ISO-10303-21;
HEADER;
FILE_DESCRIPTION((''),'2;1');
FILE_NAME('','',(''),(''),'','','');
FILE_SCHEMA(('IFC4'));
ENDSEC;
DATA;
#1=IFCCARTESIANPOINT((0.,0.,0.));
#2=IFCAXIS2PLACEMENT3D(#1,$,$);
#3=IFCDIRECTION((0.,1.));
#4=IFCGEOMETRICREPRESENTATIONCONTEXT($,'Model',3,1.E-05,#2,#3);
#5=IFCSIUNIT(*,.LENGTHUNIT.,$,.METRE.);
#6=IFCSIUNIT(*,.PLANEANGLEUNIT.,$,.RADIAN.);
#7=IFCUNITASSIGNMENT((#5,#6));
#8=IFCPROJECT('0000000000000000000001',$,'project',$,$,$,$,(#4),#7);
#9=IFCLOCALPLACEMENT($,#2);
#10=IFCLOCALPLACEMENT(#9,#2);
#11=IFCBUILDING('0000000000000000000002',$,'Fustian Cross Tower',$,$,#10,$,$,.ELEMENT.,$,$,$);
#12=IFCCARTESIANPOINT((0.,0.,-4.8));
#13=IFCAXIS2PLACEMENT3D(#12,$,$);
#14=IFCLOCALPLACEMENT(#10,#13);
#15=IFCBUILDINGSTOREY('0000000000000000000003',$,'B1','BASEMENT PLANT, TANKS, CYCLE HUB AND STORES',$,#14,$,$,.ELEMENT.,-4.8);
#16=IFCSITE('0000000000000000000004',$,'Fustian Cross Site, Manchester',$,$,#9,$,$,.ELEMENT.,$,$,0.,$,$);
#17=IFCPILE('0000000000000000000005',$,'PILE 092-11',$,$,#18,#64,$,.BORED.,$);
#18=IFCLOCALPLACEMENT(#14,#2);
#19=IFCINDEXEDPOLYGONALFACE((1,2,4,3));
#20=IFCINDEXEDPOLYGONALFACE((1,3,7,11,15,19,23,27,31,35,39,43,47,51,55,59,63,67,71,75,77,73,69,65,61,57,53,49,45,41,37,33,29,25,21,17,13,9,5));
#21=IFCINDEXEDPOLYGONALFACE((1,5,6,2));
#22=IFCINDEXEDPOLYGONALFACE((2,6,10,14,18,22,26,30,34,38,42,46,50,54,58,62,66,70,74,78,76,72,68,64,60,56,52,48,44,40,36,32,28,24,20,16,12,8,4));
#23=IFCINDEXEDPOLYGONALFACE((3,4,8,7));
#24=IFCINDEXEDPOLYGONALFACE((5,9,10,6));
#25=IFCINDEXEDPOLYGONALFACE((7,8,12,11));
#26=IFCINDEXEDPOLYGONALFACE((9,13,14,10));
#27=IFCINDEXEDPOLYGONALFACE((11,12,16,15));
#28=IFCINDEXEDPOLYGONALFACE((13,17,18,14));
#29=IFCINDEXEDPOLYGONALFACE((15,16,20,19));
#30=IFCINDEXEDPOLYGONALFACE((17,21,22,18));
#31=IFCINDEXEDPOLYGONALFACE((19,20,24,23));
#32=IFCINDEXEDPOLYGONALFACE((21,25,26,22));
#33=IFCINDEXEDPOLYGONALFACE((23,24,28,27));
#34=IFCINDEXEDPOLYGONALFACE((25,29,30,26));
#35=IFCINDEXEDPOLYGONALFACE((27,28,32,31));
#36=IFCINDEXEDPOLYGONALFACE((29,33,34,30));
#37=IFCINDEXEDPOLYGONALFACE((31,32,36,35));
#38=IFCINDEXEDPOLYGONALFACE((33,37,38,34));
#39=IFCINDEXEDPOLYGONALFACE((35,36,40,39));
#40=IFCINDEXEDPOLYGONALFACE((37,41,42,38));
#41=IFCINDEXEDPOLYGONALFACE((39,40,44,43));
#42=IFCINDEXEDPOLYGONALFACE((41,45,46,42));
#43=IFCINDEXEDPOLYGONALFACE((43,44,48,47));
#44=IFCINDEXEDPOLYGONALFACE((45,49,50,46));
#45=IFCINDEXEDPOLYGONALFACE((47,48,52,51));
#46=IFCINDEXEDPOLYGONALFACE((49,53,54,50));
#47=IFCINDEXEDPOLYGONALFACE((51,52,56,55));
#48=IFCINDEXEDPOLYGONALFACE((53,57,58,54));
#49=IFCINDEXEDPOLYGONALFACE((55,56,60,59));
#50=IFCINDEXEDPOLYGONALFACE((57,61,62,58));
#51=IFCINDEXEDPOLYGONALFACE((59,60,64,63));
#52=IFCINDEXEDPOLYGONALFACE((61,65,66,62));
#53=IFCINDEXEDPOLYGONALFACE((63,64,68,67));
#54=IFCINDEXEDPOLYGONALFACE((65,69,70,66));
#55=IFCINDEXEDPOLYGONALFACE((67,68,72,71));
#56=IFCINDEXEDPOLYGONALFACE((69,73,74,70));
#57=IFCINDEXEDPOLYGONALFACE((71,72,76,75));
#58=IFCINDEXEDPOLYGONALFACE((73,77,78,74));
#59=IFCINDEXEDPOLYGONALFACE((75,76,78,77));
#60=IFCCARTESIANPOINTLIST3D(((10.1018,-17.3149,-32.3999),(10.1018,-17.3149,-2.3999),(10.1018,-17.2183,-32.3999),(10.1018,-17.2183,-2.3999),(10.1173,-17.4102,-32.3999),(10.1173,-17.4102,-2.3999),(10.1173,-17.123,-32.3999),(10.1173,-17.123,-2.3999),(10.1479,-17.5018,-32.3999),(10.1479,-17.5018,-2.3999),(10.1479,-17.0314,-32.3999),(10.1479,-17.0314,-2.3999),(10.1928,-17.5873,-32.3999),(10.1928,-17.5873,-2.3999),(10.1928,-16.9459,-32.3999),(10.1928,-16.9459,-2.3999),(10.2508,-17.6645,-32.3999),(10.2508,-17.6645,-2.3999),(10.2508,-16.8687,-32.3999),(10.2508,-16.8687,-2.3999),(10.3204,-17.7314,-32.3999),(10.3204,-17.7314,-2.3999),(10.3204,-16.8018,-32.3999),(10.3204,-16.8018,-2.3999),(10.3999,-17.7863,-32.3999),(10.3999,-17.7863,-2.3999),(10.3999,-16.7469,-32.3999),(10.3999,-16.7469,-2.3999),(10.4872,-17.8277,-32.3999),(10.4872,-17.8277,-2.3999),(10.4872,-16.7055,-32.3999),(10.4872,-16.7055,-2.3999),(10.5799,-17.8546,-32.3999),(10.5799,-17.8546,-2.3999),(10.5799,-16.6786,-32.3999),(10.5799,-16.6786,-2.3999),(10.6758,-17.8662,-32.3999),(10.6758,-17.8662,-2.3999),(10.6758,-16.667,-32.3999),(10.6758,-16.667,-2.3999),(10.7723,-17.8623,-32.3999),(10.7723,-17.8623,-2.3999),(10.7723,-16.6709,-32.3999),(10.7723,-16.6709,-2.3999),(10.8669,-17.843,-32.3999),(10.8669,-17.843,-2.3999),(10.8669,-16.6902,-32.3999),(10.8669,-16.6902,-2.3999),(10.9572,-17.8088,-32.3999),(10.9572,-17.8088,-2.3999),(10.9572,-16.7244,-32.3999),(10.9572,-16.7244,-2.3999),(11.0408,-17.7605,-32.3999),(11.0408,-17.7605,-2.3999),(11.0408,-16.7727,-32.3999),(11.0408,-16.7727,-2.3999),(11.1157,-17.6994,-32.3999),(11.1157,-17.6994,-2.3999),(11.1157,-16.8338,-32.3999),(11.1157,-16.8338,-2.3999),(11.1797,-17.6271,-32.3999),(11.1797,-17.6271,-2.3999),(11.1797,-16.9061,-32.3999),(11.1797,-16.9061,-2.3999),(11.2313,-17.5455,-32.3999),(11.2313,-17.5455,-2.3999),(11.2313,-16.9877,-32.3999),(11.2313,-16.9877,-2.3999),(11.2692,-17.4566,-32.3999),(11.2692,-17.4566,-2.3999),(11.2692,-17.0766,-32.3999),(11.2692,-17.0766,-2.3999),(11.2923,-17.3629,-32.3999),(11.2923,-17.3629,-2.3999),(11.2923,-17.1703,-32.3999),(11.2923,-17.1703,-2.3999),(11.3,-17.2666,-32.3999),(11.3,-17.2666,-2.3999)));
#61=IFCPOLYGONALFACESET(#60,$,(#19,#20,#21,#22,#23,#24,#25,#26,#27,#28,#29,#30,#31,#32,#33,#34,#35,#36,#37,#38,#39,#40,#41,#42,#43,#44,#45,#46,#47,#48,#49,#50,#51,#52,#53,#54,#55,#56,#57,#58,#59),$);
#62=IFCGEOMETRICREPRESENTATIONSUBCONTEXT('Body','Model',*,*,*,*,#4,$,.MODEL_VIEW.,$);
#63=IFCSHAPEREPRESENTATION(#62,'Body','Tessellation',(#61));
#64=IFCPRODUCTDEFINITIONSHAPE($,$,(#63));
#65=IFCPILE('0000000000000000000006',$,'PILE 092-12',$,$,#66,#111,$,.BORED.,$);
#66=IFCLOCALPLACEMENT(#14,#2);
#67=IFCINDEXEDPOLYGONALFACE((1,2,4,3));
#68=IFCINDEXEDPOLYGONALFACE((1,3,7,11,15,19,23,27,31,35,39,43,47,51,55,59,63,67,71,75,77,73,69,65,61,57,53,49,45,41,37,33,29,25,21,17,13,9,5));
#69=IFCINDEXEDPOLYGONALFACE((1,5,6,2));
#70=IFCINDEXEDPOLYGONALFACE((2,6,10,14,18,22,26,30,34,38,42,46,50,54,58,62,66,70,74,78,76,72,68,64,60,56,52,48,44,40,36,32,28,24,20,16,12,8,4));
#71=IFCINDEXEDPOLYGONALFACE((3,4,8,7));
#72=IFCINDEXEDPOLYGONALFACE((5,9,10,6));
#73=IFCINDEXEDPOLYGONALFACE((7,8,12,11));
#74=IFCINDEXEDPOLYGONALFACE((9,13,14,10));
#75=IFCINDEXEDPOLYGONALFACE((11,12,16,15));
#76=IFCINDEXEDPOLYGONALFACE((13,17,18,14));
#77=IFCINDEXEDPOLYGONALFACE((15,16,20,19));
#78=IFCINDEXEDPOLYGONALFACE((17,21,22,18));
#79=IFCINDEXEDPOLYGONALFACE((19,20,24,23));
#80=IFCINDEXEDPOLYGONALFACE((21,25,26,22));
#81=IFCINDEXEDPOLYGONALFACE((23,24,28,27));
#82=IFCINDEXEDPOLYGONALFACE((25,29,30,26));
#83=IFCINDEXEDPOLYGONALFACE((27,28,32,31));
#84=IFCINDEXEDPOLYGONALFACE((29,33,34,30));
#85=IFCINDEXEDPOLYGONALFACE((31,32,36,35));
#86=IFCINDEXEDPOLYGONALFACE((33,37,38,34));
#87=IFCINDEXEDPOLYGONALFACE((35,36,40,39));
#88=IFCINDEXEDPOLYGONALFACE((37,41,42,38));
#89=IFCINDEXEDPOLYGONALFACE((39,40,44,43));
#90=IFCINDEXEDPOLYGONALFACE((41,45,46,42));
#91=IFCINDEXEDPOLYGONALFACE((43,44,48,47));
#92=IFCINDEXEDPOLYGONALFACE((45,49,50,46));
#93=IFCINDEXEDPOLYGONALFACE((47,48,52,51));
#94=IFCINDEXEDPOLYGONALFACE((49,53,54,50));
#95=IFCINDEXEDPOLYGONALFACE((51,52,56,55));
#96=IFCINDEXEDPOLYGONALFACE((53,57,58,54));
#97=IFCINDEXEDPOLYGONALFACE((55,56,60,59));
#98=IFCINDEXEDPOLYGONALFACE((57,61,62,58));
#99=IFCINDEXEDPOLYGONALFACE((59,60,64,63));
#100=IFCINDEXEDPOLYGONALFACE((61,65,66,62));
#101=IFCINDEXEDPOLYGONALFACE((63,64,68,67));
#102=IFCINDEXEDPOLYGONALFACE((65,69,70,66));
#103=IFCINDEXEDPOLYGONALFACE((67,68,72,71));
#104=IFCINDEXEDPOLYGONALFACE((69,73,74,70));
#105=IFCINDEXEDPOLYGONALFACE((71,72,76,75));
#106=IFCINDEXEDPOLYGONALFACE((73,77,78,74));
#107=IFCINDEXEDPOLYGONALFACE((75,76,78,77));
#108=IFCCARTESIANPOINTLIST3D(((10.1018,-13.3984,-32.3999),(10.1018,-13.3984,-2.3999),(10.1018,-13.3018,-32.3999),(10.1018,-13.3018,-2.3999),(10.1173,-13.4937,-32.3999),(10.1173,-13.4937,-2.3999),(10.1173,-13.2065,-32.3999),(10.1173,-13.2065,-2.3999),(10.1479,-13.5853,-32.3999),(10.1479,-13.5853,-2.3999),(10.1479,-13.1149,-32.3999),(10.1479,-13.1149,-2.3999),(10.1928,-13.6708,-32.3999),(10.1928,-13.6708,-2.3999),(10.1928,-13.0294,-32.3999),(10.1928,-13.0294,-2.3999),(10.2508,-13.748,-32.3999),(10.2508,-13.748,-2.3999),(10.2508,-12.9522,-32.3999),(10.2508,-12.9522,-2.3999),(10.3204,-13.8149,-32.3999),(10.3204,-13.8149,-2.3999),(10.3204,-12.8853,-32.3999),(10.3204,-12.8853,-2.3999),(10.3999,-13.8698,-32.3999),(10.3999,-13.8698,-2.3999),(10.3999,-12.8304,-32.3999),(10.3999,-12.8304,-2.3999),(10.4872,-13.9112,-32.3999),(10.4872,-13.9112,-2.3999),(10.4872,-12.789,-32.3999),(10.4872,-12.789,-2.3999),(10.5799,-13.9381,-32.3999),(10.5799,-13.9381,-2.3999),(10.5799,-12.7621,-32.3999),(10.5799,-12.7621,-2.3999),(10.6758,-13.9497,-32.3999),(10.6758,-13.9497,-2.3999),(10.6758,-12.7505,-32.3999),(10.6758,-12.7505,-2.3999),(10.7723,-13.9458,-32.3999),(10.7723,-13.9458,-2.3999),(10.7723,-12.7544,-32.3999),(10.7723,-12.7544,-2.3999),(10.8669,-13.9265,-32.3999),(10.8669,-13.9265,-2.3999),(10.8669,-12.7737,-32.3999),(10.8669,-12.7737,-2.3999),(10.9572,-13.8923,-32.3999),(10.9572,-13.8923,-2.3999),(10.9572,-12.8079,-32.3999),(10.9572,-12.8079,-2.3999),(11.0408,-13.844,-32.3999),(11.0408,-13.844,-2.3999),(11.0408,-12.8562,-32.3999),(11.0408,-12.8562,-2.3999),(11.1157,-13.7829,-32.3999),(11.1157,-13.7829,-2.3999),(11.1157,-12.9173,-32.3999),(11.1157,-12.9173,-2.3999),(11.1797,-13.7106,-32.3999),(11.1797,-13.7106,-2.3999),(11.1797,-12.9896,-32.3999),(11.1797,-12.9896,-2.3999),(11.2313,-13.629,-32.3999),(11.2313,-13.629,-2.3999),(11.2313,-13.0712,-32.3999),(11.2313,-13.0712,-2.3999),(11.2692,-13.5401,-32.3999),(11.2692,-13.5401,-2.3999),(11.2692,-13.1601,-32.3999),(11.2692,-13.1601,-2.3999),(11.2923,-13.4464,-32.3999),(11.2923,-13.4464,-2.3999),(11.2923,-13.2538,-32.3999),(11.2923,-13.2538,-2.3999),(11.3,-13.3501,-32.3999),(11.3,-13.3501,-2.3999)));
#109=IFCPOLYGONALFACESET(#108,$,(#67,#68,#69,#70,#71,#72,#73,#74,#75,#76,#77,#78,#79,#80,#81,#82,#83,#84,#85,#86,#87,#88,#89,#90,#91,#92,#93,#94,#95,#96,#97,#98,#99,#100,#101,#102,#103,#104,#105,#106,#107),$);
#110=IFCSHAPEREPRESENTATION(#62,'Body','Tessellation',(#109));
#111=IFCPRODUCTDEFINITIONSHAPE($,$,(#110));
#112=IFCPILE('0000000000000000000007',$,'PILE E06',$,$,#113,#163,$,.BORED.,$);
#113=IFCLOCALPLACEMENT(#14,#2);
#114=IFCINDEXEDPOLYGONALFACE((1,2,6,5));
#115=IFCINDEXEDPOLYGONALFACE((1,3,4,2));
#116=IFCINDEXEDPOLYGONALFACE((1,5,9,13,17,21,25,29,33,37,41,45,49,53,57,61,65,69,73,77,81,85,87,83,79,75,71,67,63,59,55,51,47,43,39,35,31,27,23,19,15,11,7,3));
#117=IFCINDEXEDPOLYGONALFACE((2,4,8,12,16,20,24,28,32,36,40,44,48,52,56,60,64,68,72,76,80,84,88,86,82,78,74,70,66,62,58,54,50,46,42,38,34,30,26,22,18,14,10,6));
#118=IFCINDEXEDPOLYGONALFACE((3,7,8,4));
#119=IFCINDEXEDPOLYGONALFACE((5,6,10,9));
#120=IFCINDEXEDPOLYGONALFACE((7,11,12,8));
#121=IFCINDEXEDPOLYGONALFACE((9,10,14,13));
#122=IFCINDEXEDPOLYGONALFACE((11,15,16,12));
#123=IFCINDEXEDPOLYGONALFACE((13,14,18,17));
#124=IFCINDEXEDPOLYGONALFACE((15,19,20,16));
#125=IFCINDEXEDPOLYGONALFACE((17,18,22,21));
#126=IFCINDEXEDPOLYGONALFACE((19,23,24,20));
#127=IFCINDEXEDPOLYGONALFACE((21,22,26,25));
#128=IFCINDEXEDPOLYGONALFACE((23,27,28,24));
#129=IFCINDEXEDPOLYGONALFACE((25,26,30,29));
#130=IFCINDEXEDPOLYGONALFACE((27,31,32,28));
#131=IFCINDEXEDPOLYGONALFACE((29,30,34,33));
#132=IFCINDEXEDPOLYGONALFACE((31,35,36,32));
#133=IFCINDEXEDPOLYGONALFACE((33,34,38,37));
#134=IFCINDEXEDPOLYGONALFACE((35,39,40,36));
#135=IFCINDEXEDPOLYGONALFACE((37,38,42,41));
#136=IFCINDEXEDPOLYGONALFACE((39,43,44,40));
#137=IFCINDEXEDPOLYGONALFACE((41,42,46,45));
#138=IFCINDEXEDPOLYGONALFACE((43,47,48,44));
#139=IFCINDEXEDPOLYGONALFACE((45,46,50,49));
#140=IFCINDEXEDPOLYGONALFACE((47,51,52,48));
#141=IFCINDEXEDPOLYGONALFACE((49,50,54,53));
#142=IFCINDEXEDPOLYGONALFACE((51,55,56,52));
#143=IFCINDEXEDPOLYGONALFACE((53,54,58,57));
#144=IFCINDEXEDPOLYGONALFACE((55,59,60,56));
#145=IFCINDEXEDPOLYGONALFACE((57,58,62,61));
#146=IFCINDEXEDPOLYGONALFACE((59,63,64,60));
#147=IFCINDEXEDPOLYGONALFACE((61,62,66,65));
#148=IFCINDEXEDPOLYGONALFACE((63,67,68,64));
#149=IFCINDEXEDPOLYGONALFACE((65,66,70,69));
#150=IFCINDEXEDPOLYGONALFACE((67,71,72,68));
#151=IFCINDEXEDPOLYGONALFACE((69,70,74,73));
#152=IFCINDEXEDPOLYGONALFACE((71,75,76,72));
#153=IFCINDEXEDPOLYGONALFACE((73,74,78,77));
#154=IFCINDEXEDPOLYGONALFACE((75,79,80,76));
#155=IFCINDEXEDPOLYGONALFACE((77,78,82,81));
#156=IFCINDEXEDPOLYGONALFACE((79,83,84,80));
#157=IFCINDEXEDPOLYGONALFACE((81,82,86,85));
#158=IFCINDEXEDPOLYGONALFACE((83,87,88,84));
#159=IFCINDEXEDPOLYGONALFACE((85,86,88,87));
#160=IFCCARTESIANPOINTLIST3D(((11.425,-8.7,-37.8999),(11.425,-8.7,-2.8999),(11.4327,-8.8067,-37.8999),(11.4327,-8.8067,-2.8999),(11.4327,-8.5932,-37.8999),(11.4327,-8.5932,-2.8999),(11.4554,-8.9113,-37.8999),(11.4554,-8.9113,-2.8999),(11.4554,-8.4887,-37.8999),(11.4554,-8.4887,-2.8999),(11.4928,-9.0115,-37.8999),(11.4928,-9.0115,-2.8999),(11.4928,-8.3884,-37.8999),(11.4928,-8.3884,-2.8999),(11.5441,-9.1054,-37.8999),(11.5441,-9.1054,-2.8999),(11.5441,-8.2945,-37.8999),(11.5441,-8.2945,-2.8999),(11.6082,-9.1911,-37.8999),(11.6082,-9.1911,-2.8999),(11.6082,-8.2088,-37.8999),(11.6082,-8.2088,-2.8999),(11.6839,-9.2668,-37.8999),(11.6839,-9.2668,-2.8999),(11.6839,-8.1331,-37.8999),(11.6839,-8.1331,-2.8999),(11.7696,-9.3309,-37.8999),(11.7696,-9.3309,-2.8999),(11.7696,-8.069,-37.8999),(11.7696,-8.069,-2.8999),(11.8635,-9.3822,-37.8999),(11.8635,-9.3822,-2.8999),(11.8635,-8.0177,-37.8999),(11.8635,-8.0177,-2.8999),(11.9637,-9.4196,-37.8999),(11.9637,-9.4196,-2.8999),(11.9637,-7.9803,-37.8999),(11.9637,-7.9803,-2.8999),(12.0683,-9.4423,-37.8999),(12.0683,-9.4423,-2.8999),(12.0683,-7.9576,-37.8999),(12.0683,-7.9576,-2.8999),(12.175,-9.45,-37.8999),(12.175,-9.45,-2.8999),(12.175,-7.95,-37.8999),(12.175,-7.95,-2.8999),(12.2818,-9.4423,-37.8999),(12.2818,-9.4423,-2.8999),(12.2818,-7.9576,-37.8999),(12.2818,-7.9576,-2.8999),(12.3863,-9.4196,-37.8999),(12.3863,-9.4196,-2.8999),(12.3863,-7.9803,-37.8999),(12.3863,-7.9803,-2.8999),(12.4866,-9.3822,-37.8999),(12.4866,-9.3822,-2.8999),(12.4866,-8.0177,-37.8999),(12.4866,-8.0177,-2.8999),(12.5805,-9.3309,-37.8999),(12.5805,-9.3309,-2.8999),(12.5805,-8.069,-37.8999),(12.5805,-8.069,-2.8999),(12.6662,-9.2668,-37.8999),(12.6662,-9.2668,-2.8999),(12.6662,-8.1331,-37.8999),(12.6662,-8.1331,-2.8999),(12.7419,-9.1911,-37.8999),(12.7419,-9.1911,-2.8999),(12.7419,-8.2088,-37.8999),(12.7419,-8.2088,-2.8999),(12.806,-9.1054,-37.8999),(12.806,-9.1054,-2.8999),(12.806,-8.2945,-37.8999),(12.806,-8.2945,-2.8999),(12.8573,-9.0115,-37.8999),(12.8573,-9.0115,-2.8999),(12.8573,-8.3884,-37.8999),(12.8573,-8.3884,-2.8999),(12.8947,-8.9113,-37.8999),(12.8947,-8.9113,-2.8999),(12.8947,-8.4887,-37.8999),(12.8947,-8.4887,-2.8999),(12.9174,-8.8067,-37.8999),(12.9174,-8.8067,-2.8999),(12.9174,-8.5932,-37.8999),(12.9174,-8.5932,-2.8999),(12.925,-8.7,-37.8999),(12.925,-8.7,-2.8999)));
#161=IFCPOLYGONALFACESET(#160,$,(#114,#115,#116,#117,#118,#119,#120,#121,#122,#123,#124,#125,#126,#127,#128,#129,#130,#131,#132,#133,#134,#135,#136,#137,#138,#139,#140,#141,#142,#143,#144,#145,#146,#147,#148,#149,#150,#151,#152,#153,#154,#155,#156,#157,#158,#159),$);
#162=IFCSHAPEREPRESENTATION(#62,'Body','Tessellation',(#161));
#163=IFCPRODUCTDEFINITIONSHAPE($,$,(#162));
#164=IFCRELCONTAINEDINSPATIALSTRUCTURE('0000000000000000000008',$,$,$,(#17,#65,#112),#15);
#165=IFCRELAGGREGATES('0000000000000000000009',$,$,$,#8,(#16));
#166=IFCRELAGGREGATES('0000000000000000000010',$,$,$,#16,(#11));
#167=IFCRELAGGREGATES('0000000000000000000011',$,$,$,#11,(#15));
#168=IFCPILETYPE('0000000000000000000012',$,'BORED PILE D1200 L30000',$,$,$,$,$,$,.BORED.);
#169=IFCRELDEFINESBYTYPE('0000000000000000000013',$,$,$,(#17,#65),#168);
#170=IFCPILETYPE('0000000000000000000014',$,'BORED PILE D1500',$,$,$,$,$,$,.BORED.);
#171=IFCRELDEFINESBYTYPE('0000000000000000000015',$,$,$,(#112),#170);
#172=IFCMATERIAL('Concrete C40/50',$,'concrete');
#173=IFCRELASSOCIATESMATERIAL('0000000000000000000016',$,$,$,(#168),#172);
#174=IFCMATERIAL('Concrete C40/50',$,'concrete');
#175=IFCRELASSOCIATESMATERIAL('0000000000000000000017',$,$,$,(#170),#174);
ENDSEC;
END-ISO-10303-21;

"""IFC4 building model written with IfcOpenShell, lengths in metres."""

from ifc_helpers import new_model, si_unit, direction, frame, origin, origin_2d, place, context, subcontext, project, spatial, circle, extrude, material, material_profile, profile_set, type_object, element, save


model = new_model("IFC4")

# Units and contexts
model_context = context("Model", 3, precision=1e-05, world=origin(), true_north=direction((0.0, 1.0)))
body_context = subcontext(model_context, "Body", "Model", "MODEL_VIEW")
ifc_project = project(units=[si_unit("LENGTHUNIT", "METRE"), si_unit("PLANEANGLEUNIT", "RADIAN")], contexts=[model_context])

# Site, building, storey
site_placement = place(None, origin())
site = spatial("IfcSite", under=ifc_project, at=site_placement, Name="Fustian Cross Site, Manchester", CompositionType="ELEMENT", RefElevation=0.0)
building_placement = place(site_placement, origin())
building = spatial("IfcBuilding", under=site, at=building_placement, Name="Fustian Cross Tower", CompositionType="ELEMENT")
storey_placement = place(building_placement, frame((0.0, 0.0, -4.8)))
storey = spatial("IfcBuildingStorey", under=building, at=storey_placement, Name="B1", Description="BASEMENT PLANT, TANKS, CYCLE HUB AND STORES", CompositionType="ELEMENT", Elevation=-4.8)

# Piles
ifc_material_1 = material(Name="Concrete C40/50", Category="concrete")
ifc_material_profile_1 = material_profile(ifc_material_1, circle(Radius=0.6001, at=origin_2d()), Name="BORED PILE D1200 L30000")
ifc_profile_set_1 = profile_set([ifc_material_profile_1], Name="Concrete C40/50")
pile_type_1 = type_object("IfcPileType", Name="BORED PILE D1200 L30000", PredefinedType="BORED", material=ifc_profile_set_1)
for number, where, z_axis, x_axis, name in (
    (1, (10.7, -17.2666, -2.3999), (0.0, 0.0, -1.0), (1.0, 0.0, 0.0), "PILE 092-11"),
    (2, (10.7, -13.3501, -2.3999), (0.0, 0.0, -1.0), (1.0, 0.0, 0.0), "PILE 092-12"),
):
    element("IfcPile", number, at=place(storey_placement, frame(where, z_axis=z_axis, x_axis=x_axis)), inside=storey, type_object=pile_type_1, Name=name, PredefinedType="BORED", context=body_context, shape_type="SweptSolid", body=[
        extrude(circle(Radius=0.6001, at=origin_2d()), origin(), (0.0, 0.0, 1.0), 30.0),
    ])
ifc_material_2 = material(Name="Concrete C40/50", Category="concrete")
ifc_material_profile_2 = material_profile(ifc_material_2, circle(Radius=0.75, at=origin_2d()), Name="BORED PILE D1500")
ifc_profile_set_2 = profile_set([ifc_material_profile_2], Name="Concrete C40/50")
pile_type_2 = type_object("IfcPileType", Name="BORED PILE D1500", PredefinedType="BORED", material=ifc_profile_set_2)
for number, where, z_axis, x_axis, name in (
    (3, (12.175, -8.7, -2.8999), (0.0, 0.0, -1.0), (1.0, 0.0, 0.0), "PILE E06"),
):
    element("IfcPile", number, at=place(storey_placement, frame(where, z_axis=z_axis, x_axis=x_axis)), inside=storey, type_object=pile_type_2, Name=name, PredefinedType="BORED", context=body_context, shape_type="SweptSolid", body=[
        extrude(circle(Radius=0.75, at=origin_2d()), origin(), (0.0, 0.0, 1.0), 35.0),
    ])

save(model, "model.ifc")
